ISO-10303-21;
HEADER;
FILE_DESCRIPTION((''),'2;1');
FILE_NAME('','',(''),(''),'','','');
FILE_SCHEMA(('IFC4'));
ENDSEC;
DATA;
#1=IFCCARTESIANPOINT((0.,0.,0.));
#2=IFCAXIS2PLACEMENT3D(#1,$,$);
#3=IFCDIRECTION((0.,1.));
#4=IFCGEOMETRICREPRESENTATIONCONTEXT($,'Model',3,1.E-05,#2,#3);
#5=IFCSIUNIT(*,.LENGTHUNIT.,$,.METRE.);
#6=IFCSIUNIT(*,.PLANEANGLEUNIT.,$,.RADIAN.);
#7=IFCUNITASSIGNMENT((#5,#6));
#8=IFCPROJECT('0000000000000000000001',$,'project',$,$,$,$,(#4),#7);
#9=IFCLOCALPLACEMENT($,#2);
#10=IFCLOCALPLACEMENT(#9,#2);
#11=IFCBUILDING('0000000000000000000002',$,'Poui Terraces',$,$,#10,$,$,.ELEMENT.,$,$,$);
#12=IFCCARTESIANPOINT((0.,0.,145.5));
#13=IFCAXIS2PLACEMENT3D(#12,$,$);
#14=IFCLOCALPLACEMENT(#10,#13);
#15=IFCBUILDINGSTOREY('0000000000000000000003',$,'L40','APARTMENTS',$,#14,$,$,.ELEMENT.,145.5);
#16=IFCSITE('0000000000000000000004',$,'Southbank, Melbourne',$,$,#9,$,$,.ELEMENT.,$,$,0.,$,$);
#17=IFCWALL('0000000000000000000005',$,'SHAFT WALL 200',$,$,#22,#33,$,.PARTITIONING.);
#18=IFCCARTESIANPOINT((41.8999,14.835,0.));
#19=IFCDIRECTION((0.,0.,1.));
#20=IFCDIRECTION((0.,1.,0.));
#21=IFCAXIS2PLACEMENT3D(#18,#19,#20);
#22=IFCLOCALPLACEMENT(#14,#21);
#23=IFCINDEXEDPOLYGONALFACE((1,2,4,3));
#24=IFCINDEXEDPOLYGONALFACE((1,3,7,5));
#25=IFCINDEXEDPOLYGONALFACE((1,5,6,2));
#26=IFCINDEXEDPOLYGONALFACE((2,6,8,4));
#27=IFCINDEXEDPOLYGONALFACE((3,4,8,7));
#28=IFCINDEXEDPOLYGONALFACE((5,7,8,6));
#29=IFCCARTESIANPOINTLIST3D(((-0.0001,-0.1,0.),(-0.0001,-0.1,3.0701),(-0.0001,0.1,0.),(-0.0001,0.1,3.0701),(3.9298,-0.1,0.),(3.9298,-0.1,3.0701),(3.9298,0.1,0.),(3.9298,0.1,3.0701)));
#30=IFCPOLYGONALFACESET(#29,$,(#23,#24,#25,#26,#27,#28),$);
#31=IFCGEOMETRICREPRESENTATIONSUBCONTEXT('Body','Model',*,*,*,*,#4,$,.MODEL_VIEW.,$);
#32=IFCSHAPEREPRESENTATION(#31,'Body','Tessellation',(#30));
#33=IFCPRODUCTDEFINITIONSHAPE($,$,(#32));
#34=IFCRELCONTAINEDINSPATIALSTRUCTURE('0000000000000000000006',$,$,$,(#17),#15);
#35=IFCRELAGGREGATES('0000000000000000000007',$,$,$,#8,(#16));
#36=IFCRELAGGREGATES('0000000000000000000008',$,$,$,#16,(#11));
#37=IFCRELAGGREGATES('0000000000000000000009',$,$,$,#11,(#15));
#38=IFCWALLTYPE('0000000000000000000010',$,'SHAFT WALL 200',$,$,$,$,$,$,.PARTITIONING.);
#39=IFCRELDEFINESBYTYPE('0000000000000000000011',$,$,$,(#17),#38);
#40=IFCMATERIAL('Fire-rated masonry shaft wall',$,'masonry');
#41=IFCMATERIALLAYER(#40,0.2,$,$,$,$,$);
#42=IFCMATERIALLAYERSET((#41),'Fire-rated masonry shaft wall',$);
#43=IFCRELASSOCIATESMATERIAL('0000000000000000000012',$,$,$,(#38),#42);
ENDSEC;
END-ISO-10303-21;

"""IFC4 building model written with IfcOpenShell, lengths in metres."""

from ifc_helpers import new_model, si_unit, direction, frame, frame_2d, origin, place, context, subcontext, project, spatial, rectangle, extrude, material, layer, layer_set, type_object, element, save


model = new_model("IFC4")

# Units and contexts
model_context = context("Model", 3, precision=1e-05, world=origin(), true_north=direction((0.0, 1.0)))
body_context = subcontext(model_context, "Body", "Model", "MODEL_VIEW")
ifc_project = project(units=[si_unit("LENGTHUNIT", "METRE"), si_unit("PLANEANGLEUNIT", "RADIAN")], contexts=[model_context])

# Site, building, storey
site_placement = place(None, origin())
site = spatial("IfcSite", under=ifc_project, at=site_placement, Name="Southbank, Melbourne", CompositionType="ELEMENT", RefElevation=0.0)
building_placement = place(site_placement, origin())
building = spatial("IfcBuilding", under=site, at=building_placement, Name="Poui Terraces", CompositionType="ELEMENT")
storey_placement = place(building_placement, frame((0.0, 0.0, 145.5)))
storey = spatial("IfcBuildingStorey", under=building, at=storey_placement, Name="L40", Description="APARTMENTS", CompositionType="ELEMENT", Elevation=145.5)

# Shared definitions
ifc_material_1 = material(Name="Fire-rated masonry shaft wall", Category="masonry")
ifc_layer_1 = layer(ifc_material_1, 0.2)
ifc_layer_set_1 = layer_set([ifc_layer_1], Name="Fire-rated masonry shaft wall")
wall_type_1 = type_object("IfcWallType", Name="SHAFT WALL 200", PredefinedType="PARTITIONING", material=ifc_layer_set_1)

# Wall
wall_1_placement = place(storey_placement, frame((41.8999, 14.835, 0.0), z_axis=(0.0, 0.0, 1.0), x_axis=(0.0, 1.0, 0.0)))
element("IfcWall", 1, at=wall_1_placement, inside=storey, type_object=wall_type_1, Name="SHAFT WALL 200", PredefinedType="PARTITIONING", context=body_context, shape_type="SweptSolid", body=[
    extrude(rectangle(XDim=3.9299, YDim=0.2, at=frame_2d((1.9648, 0.0))), origin(), (0.0, 0.0, 1.0), 3.0701),
])

save(model, "model.ifc")
